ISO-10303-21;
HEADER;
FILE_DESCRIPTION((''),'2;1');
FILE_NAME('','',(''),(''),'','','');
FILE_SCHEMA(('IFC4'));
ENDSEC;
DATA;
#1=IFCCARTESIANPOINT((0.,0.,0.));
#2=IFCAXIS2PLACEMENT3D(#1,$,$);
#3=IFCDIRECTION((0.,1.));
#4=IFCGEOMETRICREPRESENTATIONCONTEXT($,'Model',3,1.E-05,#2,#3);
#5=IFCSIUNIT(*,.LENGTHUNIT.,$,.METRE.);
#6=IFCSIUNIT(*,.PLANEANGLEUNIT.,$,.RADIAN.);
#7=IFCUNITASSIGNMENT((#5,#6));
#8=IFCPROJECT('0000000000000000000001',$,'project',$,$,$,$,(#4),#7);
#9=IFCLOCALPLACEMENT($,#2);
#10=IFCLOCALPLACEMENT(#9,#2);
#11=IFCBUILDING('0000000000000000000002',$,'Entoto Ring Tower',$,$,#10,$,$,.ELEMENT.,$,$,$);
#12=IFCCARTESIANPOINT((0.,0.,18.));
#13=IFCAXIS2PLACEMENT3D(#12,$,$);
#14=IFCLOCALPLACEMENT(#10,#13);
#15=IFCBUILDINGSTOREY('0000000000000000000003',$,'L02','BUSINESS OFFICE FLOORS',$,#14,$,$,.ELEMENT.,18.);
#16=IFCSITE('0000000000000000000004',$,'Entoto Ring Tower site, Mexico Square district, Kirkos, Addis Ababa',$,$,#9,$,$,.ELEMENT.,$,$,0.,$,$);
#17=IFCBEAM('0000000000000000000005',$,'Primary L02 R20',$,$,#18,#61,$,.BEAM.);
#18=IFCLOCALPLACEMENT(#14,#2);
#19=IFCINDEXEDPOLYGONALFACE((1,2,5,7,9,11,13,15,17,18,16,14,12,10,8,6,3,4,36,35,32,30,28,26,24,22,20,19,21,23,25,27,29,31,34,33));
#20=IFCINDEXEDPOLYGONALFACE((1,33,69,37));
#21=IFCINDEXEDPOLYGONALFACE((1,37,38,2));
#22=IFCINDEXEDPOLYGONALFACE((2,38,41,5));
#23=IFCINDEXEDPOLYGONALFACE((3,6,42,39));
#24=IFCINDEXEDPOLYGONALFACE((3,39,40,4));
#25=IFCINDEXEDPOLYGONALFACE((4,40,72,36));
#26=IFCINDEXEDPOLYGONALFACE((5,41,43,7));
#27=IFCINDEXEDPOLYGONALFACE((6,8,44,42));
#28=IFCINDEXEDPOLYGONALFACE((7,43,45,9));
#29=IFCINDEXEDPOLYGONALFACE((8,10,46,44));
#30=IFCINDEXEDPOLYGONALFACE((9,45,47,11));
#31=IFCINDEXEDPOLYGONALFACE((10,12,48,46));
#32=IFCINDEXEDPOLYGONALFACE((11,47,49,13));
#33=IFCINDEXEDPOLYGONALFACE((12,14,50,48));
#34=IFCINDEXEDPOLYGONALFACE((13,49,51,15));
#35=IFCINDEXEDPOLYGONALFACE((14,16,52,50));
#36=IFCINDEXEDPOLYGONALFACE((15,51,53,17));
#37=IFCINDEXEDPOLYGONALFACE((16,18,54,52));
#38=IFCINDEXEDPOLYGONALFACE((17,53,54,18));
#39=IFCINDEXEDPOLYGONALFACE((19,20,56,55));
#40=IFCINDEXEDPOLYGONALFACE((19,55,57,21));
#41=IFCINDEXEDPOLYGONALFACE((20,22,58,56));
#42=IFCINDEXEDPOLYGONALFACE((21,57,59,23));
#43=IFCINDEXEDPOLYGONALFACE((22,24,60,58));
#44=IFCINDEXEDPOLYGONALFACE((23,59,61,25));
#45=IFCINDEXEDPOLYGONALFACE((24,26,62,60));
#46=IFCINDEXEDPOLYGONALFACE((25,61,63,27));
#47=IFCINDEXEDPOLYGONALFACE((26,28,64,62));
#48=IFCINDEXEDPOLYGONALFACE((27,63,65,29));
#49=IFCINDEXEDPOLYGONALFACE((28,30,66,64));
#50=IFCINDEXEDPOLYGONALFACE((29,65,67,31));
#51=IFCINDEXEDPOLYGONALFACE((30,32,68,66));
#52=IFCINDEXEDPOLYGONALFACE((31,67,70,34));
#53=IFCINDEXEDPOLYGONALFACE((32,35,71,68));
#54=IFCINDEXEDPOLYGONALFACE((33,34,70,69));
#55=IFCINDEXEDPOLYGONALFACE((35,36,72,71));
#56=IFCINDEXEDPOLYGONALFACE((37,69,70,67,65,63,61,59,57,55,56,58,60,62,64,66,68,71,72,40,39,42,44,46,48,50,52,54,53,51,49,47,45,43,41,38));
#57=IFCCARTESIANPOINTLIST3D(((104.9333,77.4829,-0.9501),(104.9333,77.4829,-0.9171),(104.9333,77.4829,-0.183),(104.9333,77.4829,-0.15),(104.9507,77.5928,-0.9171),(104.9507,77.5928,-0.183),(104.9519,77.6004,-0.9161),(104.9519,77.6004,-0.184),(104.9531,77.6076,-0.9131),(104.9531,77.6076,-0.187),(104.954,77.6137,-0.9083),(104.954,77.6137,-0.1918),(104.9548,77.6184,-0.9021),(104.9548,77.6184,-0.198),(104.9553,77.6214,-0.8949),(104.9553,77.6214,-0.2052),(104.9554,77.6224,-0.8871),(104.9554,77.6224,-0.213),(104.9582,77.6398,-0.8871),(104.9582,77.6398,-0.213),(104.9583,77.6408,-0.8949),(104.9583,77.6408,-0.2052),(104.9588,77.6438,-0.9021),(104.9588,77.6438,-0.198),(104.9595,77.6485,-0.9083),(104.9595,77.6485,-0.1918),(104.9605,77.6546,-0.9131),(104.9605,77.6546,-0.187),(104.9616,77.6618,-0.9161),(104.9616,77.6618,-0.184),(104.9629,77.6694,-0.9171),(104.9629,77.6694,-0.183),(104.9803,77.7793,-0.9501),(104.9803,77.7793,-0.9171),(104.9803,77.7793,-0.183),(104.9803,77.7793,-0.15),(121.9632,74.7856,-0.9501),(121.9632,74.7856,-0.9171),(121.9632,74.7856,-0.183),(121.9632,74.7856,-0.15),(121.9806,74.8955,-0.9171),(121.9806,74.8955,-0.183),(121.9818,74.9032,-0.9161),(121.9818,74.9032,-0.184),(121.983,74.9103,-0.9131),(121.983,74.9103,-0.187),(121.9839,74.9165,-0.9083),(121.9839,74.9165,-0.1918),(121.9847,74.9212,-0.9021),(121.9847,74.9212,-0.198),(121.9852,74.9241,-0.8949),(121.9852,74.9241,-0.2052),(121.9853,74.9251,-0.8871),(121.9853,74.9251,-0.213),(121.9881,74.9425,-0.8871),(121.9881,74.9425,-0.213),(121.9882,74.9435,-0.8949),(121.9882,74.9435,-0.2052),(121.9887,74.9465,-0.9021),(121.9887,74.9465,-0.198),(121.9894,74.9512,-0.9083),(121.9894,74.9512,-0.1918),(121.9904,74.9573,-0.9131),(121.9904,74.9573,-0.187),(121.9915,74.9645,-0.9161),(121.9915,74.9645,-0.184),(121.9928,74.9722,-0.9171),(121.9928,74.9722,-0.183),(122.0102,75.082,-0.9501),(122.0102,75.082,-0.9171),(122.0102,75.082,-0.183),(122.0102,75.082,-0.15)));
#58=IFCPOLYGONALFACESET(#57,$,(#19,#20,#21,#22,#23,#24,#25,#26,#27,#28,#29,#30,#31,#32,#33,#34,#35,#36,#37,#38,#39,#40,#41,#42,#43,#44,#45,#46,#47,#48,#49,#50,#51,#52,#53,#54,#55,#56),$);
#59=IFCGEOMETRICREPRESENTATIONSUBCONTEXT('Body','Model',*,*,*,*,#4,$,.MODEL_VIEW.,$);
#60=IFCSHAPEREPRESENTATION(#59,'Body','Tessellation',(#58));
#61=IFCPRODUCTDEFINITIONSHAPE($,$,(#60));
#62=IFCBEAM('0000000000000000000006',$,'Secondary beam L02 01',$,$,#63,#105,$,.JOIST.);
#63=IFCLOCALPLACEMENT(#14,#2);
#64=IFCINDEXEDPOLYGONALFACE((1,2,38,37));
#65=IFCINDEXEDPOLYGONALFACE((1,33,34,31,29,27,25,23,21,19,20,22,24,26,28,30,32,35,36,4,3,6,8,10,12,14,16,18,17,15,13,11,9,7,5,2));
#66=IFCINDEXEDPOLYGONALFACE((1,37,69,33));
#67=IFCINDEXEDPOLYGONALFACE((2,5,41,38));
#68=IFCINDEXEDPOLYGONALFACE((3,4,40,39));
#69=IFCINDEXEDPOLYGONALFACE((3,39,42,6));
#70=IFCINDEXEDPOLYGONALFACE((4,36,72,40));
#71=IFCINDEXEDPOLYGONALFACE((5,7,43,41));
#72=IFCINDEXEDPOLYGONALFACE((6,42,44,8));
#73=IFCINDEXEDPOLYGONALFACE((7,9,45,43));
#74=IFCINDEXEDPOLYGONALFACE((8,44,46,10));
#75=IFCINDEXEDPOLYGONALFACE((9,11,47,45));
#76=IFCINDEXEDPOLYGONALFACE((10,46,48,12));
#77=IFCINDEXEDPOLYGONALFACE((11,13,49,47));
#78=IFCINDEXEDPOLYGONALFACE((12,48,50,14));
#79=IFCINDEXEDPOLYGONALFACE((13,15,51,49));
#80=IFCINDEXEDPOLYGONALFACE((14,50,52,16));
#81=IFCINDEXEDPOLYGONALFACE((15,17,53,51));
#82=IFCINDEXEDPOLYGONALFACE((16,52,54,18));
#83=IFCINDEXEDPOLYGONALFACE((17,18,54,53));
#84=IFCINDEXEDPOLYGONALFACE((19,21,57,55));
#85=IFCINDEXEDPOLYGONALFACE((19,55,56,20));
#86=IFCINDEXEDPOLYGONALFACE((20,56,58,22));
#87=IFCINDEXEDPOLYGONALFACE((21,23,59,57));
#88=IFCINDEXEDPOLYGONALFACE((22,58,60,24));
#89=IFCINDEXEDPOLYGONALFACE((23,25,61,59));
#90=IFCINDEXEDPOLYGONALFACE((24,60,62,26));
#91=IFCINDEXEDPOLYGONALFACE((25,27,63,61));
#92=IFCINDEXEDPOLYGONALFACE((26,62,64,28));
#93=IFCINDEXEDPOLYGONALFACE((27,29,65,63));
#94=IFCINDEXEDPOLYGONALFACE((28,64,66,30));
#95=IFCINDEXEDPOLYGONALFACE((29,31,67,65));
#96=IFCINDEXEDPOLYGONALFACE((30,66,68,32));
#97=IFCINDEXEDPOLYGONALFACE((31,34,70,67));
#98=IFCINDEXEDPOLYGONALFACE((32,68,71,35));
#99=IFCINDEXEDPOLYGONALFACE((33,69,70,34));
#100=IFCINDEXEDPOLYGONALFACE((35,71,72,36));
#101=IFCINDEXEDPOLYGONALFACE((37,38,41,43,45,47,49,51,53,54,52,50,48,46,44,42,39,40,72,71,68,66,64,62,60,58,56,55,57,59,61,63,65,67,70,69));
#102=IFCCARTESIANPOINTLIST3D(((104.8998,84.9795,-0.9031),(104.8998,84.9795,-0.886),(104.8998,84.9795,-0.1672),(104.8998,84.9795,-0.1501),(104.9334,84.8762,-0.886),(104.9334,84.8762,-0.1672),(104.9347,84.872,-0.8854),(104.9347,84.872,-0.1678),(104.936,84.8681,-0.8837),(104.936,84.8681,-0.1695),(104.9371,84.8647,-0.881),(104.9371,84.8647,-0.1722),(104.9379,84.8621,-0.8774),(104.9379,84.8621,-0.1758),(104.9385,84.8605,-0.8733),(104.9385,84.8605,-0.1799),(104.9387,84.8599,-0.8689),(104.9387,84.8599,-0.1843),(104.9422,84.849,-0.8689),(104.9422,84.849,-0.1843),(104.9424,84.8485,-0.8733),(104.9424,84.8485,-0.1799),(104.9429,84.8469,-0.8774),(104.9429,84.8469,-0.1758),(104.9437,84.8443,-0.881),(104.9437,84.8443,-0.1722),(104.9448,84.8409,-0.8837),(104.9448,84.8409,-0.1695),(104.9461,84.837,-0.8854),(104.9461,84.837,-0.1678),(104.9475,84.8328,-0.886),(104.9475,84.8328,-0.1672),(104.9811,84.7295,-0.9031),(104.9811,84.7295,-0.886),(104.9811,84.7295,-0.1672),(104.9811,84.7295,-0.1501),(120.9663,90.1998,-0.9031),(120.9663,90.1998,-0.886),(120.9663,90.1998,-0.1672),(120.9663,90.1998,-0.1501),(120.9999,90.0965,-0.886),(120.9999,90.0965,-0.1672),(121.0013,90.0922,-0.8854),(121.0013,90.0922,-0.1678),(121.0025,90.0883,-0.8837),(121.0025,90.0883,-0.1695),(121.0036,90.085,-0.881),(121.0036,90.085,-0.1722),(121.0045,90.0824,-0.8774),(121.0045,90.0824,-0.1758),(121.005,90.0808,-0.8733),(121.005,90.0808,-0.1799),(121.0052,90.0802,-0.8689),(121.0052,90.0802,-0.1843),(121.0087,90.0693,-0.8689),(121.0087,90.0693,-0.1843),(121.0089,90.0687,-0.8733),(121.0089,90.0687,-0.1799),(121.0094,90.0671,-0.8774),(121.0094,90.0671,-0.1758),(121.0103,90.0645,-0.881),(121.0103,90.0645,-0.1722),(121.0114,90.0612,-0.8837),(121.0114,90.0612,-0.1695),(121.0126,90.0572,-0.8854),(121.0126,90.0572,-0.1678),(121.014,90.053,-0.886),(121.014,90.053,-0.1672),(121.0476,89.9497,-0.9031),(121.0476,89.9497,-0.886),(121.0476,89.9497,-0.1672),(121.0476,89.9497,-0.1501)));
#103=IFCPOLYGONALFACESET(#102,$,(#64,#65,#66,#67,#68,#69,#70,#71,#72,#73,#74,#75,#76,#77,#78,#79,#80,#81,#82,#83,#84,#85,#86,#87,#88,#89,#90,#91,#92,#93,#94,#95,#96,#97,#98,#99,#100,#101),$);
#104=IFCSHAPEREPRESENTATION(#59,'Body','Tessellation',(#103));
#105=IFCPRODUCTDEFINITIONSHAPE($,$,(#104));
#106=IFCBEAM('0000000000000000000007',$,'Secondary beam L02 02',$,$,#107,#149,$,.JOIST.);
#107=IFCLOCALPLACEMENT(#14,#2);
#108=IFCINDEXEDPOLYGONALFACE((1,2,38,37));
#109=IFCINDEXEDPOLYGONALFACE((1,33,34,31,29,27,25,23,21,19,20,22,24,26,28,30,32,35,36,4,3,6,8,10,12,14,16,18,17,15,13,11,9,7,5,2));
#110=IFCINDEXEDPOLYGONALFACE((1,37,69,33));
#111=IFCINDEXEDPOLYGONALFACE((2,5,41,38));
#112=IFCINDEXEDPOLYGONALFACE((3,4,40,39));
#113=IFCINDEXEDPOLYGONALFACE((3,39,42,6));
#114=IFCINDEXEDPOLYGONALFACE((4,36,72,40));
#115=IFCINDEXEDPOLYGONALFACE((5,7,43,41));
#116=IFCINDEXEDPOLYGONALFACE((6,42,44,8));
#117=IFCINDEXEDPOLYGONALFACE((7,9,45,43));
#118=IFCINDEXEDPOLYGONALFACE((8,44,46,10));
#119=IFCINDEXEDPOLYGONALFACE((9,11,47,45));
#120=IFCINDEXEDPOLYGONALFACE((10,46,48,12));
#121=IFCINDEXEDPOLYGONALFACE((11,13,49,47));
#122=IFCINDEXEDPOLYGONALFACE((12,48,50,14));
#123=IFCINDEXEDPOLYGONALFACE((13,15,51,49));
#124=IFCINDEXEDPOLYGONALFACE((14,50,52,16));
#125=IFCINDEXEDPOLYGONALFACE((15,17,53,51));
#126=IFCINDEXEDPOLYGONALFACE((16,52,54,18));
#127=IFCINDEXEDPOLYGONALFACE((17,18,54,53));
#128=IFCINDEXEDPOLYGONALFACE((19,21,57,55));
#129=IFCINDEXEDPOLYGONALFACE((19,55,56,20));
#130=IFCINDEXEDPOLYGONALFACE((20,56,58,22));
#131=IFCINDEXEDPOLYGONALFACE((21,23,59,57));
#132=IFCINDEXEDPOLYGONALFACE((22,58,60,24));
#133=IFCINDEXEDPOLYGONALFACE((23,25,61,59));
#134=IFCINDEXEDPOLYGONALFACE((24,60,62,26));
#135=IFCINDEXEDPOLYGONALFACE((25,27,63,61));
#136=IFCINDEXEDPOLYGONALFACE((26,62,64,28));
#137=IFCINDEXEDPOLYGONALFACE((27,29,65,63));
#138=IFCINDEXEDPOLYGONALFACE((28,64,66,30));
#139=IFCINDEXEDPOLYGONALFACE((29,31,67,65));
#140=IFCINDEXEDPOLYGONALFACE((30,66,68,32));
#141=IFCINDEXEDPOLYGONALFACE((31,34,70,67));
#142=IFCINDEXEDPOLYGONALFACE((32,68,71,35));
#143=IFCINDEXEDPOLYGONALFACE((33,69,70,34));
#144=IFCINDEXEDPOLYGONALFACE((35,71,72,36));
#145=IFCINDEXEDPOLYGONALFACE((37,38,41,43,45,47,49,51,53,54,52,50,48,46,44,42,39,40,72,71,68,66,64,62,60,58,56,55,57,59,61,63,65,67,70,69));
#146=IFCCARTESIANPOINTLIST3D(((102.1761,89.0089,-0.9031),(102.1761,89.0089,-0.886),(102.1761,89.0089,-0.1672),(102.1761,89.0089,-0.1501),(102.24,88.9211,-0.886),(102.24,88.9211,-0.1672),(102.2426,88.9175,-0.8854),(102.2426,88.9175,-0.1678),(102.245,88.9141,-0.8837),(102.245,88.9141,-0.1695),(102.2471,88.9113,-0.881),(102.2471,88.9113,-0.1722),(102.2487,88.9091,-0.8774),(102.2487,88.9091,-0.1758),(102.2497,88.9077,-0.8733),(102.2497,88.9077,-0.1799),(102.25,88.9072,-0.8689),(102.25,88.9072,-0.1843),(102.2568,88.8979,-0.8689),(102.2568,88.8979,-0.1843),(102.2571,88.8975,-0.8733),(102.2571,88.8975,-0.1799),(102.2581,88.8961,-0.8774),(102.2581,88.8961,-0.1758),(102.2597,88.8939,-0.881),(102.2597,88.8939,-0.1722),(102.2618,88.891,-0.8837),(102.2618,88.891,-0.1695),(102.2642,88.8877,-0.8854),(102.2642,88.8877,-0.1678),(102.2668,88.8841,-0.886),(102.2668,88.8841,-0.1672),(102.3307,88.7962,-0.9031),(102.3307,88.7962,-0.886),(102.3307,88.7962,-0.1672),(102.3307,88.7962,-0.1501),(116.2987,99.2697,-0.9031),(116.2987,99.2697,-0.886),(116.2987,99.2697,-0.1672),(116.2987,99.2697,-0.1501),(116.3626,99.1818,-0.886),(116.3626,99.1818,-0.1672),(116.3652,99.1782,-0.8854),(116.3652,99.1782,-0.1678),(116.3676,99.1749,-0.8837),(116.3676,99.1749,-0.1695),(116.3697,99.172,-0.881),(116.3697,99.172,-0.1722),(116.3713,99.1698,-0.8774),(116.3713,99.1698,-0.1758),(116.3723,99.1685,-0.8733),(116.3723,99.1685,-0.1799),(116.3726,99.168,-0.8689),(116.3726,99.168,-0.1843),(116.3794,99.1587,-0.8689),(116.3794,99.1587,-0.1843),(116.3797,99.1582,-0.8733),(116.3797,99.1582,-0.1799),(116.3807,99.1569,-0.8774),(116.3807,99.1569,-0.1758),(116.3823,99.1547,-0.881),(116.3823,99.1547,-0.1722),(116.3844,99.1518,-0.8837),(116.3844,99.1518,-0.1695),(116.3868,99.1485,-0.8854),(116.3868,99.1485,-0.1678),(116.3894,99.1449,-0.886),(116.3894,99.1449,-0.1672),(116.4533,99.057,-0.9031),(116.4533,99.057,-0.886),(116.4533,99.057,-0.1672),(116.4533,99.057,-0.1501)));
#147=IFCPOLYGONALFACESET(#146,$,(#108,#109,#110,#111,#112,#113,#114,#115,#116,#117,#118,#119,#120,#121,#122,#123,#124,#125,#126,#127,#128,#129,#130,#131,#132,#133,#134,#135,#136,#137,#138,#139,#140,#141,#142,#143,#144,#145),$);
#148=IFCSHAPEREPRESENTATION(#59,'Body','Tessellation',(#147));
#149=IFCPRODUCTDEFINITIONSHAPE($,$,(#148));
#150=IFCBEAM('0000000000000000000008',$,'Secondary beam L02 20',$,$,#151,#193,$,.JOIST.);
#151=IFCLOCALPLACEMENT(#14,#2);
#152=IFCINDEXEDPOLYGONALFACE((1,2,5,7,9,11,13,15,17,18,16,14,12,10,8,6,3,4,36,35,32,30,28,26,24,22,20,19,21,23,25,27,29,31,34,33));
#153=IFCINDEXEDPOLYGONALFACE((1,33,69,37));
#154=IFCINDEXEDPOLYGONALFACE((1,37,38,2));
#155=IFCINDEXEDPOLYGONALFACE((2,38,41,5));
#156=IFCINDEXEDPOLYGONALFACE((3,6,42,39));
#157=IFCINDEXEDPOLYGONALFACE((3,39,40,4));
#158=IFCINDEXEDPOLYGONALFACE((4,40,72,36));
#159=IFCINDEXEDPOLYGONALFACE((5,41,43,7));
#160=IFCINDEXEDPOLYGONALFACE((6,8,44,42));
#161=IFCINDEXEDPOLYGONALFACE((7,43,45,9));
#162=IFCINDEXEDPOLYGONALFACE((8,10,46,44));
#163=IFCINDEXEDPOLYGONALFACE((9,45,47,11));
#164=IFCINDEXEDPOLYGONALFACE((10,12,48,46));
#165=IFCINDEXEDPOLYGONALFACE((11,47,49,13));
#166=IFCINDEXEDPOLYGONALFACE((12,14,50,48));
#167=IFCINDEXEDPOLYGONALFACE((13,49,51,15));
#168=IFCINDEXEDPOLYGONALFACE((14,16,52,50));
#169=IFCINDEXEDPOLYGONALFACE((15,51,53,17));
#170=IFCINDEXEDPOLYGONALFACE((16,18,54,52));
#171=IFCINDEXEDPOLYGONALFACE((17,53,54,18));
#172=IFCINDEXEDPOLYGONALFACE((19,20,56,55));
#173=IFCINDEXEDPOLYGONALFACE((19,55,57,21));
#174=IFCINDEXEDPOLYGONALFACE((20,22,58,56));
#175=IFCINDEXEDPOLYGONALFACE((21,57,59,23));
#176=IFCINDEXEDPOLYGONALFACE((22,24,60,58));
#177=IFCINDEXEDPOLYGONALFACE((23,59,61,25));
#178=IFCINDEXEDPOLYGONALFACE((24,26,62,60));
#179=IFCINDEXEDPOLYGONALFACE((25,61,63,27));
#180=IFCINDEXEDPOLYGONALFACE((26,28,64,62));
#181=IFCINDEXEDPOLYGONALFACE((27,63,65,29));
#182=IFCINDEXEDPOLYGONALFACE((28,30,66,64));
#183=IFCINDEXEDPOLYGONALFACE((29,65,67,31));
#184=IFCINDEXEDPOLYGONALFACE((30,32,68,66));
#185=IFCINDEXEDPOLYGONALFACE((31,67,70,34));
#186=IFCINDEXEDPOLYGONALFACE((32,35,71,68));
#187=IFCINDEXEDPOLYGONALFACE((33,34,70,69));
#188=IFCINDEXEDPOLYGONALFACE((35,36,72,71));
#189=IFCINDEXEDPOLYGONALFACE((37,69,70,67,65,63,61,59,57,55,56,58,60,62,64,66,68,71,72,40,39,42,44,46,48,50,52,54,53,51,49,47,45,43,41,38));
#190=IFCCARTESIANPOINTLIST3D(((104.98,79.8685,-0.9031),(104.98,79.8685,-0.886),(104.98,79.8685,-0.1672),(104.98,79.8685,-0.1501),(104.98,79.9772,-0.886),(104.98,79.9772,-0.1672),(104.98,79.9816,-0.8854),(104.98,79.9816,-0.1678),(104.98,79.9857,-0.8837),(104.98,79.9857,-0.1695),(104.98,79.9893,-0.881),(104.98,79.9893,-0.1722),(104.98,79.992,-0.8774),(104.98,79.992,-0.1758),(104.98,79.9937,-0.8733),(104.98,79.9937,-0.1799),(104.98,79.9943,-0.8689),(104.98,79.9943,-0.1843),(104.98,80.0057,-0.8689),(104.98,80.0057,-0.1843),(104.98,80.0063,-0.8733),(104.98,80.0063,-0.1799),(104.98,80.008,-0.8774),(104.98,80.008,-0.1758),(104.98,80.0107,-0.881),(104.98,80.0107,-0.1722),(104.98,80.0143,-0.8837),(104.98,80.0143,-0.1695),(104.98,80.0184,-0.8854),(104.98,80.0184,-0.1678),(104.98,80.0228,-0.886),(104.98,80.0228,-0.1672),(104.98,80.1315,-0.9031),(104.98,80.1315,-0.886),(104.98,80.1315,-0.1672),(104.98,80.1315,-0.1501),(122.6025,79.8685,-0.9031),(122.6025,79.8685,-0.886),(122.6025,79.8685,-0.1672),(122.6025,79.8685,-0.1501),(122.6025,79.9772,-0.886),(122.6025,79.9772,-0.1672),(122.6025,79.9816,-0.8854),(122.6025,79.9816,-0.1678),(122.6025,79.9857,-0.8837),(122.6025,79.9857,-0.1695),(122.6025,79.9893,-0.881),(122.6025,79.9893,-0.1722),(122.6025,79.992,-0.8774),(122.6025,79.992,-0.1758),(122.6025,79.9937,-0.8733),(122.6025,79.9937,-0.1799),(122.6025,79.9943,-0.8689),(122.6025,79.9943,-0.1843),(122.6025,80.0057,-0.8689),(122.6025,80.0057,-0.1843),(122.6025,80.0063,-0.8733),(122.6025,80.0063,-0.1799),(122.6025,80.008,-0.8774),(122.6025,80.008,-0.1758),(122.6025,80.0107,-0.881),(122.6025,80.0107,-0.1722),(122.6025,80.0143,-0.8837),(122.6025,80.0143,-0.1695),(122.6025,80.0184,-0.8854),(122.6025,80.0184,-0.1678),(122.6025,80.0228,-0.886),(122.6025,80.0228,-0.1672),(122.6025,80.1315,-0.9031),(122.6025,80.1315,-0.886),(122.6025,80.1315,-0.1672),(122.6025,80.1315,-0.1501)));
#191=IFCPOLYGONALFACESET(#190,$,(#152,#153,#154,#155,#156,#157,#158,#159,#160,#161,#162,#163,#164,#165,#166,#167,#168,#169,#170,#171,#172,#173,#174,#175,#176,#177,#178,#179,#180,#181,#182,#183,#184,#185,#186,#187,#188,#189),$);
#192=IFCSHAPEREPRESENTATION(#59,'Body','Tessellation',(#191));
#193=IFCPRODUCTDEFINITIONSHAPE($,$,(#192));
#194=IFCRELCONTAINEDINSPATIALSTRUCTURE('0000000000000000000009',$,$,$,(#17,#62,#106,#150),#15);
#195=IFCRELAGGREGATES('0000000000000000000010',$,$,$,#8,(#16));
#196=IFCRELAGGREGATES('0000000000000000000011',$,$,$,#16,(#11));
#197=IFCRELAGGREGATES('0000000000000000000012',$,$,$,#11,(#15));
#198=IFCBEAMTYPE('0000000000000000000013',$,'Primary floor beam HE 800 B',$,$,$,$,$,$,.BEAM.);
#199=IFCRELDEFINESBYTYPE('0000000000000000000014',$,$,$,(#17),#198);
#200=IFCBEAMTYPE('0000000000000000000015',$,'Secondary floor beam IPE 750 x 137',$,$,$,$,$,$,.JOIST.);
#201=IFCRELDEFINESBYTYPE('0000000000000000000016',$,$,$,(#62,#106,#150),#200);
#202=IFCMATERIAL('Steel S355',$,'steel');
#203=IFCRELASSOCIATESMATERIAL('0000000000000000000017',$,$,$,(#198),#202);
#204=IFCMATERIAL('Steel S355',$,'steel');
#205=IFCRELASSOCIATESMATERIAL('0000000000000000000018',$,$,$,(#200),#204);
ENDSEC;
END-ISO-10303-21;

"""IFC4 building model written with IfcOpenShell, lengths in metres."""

from ifc_helpers import new_model, si_unit, direction, frame, origin, origin_2d, place, context, subcontext, project, spatial, i_section, extrude, material, material_profile, profile_set, type_object, element, save


model = new_model("IFC4")

# Units and contexts
model_context = context("Model", 3, precision=1e-05, world=origin(), true_north=direction((0.0, 1.0)))
body_context = subcontext(model_context, "Body", "Model", "MODEL_VIEW")
ifc_project = project(units=[si_unit("LENGTHUNIT", "METRE"), si_unit("PLANEANGLEUNIT", "RADIAN")], contexts=[model_context])

# Site, building, storey
site_placement = place(None, origin())
site = spatial("IfcSite", under=ifc_project, at=site_placement, Name="Entoto Ring Tower site, Mexico Square district, Kirkos, Addis Ababa", CompositionType="ELEMENT", RefElevation=0.0)
building_placement = place(site_placement, origin())
building = spatial("IfcBuilding", under=site, at=building_placement, Name="Entoto Ring Tower", CompositionType="ELEMENT")
storey_placement = place(building_placement, frame((0.0, 0.0, 18.0)))
storey = spatial("IfcBuildingStorey", under=building, at=storey_placement, Name="L02", Description="BUSINESS OFFICE FLOORS", CompositionType="ELEMENT", Elevation=18.0)

# Beams
ifc_material_1 = material(Name="Steel S355", Category="steel")
ifc_material_profile_1 = material_profile(ifc_material_1, i_section(OverallWidth=0.3, OverallDepth=0.8, WebThickness=0.0176, FlangeThickness=0.033, FilletRadius=0.03, at=origin_2d()), Name="HE 800 B")
ifc_profile_set_1 = profile_set([ifc_material_profile_1], Name="Steel S355")
beam_type_1 = type_object("IfcBeamType", Name="Primary floor beam HE 800 B", PredefinedType="BEAM", material=ifc_profile_set_1)
beam_1_placement = place(storey_placement, frame((104.9568, 77.6311, -0.55), z_axis=(0.987688, -0.156435, 0.0), x_axis=(0.156435, 0.987688, 0.0)))
element("IfcBeam", 1, at=beam_1_placement, inside=storey, type_object=beam_type_1, Name="Primary L02 R20", PredefinedType="BEAM", context=body_context, shape_type="SweptSolid", body=[
    extrude(i_section(OverallWidth=0.3, OverallDepth=0.8, WebThickness=0.0176, FlangeThickness=0.033, FilletRadius=0.03, at=origin_2d()), origin(), (0.0, 0.0, 1.0), 17.2422),
])
ifc_material_2 = material(Name="Steel S355", Category="steel")
ifc_material_profile_2 = material_profile(ifc_material_2, i_section(OverallWidth=0.2629, OverallDepth=0.7529, WebThickness=0.0115, FlangeThickness=0.0171, FilletRadius=0.0171, at=origin_2d()), Name="IPE 750 x 137")
ifc_profile_set_2 = profile_set([ifc_material_profile_2], Name="Steel S355")
beam_type_2 = type_object("IfcBeamType", Name="Secondary floor beam IPE 750 x 137", PredefinedType="JOIST", material=ifc_profile_set_2)
beam_2_placement = place(storey_placement, frame((104.9404, 84.8545, -0.5266), z_axis=(0.951058, 0.309013, 0.0), x_axis=(-0.309013, 0.951058, 0.0)))
element("IfcBeam", 2, at=beam_2_placement, inside=storey, type_object=beam_type_2, Name="Secondary beam L02 01", PredefinedType="JOIST", context=body_context, shape_type="SweptSolid", body=[
    extrude(i_section(OverallWidth=0.2629, OverallDepth=0.7529, WebThickness=0.0115, FlangeThickness=0.0171, FilletRadius=0.0171, at=origin_2d()), origin(), (0.0, 0.0, 1.0), 16.8933),
])
beam_3_placement = place(storey_placement, frame((102.2534, 88.9026, -0.5266), z_axis=(0.809014, 0.587789, 0.0), x_axis=(-0.587789, 0.809014, 0.0)))
element("IfcBeam", 3, at=beam_3_placement, inside=storey, type_object=beam_type_2, Name="Secondary beam L02 02", PredefinedType="JOIST", context=body_context, shape_type="SweptSolid", body=[
    extrude(i_section(OverallWidth=0.2629, OverallDepth=0.7529, WebThickness=0.0115, FlangeThickness=0.0171, FilletRadius=0.0171, at=origin_2d()), origin(), (0.0, 0.0, 1.0), 17.4565),
])
beam_4_placement = place(storey_placement, frame((104.98, 80.0, -0.5266), z_axis=(1.0, 0.0, 0.0), x_axis=(0.0, 1.0, 0.0)))
element("IfcBeam", 4, at=beam_4_placement, inside=storey, type_object=beam_type_2, Name="Secondary beam L02 20", PredefinedType="JOIST", context=body_context, shape_type="SweptSolid", body=[
    extrude(i_section(OverallWidth=0.2629, OverallDepth=0.7529, WebThickness=0.0115, FlangeThickness=0.0171, FilletRadius=0.0171, at=origin_2d()), origin(), (0.0, 0.0, 1.0), 17.6226),
])

save(model, "model.ifc")
